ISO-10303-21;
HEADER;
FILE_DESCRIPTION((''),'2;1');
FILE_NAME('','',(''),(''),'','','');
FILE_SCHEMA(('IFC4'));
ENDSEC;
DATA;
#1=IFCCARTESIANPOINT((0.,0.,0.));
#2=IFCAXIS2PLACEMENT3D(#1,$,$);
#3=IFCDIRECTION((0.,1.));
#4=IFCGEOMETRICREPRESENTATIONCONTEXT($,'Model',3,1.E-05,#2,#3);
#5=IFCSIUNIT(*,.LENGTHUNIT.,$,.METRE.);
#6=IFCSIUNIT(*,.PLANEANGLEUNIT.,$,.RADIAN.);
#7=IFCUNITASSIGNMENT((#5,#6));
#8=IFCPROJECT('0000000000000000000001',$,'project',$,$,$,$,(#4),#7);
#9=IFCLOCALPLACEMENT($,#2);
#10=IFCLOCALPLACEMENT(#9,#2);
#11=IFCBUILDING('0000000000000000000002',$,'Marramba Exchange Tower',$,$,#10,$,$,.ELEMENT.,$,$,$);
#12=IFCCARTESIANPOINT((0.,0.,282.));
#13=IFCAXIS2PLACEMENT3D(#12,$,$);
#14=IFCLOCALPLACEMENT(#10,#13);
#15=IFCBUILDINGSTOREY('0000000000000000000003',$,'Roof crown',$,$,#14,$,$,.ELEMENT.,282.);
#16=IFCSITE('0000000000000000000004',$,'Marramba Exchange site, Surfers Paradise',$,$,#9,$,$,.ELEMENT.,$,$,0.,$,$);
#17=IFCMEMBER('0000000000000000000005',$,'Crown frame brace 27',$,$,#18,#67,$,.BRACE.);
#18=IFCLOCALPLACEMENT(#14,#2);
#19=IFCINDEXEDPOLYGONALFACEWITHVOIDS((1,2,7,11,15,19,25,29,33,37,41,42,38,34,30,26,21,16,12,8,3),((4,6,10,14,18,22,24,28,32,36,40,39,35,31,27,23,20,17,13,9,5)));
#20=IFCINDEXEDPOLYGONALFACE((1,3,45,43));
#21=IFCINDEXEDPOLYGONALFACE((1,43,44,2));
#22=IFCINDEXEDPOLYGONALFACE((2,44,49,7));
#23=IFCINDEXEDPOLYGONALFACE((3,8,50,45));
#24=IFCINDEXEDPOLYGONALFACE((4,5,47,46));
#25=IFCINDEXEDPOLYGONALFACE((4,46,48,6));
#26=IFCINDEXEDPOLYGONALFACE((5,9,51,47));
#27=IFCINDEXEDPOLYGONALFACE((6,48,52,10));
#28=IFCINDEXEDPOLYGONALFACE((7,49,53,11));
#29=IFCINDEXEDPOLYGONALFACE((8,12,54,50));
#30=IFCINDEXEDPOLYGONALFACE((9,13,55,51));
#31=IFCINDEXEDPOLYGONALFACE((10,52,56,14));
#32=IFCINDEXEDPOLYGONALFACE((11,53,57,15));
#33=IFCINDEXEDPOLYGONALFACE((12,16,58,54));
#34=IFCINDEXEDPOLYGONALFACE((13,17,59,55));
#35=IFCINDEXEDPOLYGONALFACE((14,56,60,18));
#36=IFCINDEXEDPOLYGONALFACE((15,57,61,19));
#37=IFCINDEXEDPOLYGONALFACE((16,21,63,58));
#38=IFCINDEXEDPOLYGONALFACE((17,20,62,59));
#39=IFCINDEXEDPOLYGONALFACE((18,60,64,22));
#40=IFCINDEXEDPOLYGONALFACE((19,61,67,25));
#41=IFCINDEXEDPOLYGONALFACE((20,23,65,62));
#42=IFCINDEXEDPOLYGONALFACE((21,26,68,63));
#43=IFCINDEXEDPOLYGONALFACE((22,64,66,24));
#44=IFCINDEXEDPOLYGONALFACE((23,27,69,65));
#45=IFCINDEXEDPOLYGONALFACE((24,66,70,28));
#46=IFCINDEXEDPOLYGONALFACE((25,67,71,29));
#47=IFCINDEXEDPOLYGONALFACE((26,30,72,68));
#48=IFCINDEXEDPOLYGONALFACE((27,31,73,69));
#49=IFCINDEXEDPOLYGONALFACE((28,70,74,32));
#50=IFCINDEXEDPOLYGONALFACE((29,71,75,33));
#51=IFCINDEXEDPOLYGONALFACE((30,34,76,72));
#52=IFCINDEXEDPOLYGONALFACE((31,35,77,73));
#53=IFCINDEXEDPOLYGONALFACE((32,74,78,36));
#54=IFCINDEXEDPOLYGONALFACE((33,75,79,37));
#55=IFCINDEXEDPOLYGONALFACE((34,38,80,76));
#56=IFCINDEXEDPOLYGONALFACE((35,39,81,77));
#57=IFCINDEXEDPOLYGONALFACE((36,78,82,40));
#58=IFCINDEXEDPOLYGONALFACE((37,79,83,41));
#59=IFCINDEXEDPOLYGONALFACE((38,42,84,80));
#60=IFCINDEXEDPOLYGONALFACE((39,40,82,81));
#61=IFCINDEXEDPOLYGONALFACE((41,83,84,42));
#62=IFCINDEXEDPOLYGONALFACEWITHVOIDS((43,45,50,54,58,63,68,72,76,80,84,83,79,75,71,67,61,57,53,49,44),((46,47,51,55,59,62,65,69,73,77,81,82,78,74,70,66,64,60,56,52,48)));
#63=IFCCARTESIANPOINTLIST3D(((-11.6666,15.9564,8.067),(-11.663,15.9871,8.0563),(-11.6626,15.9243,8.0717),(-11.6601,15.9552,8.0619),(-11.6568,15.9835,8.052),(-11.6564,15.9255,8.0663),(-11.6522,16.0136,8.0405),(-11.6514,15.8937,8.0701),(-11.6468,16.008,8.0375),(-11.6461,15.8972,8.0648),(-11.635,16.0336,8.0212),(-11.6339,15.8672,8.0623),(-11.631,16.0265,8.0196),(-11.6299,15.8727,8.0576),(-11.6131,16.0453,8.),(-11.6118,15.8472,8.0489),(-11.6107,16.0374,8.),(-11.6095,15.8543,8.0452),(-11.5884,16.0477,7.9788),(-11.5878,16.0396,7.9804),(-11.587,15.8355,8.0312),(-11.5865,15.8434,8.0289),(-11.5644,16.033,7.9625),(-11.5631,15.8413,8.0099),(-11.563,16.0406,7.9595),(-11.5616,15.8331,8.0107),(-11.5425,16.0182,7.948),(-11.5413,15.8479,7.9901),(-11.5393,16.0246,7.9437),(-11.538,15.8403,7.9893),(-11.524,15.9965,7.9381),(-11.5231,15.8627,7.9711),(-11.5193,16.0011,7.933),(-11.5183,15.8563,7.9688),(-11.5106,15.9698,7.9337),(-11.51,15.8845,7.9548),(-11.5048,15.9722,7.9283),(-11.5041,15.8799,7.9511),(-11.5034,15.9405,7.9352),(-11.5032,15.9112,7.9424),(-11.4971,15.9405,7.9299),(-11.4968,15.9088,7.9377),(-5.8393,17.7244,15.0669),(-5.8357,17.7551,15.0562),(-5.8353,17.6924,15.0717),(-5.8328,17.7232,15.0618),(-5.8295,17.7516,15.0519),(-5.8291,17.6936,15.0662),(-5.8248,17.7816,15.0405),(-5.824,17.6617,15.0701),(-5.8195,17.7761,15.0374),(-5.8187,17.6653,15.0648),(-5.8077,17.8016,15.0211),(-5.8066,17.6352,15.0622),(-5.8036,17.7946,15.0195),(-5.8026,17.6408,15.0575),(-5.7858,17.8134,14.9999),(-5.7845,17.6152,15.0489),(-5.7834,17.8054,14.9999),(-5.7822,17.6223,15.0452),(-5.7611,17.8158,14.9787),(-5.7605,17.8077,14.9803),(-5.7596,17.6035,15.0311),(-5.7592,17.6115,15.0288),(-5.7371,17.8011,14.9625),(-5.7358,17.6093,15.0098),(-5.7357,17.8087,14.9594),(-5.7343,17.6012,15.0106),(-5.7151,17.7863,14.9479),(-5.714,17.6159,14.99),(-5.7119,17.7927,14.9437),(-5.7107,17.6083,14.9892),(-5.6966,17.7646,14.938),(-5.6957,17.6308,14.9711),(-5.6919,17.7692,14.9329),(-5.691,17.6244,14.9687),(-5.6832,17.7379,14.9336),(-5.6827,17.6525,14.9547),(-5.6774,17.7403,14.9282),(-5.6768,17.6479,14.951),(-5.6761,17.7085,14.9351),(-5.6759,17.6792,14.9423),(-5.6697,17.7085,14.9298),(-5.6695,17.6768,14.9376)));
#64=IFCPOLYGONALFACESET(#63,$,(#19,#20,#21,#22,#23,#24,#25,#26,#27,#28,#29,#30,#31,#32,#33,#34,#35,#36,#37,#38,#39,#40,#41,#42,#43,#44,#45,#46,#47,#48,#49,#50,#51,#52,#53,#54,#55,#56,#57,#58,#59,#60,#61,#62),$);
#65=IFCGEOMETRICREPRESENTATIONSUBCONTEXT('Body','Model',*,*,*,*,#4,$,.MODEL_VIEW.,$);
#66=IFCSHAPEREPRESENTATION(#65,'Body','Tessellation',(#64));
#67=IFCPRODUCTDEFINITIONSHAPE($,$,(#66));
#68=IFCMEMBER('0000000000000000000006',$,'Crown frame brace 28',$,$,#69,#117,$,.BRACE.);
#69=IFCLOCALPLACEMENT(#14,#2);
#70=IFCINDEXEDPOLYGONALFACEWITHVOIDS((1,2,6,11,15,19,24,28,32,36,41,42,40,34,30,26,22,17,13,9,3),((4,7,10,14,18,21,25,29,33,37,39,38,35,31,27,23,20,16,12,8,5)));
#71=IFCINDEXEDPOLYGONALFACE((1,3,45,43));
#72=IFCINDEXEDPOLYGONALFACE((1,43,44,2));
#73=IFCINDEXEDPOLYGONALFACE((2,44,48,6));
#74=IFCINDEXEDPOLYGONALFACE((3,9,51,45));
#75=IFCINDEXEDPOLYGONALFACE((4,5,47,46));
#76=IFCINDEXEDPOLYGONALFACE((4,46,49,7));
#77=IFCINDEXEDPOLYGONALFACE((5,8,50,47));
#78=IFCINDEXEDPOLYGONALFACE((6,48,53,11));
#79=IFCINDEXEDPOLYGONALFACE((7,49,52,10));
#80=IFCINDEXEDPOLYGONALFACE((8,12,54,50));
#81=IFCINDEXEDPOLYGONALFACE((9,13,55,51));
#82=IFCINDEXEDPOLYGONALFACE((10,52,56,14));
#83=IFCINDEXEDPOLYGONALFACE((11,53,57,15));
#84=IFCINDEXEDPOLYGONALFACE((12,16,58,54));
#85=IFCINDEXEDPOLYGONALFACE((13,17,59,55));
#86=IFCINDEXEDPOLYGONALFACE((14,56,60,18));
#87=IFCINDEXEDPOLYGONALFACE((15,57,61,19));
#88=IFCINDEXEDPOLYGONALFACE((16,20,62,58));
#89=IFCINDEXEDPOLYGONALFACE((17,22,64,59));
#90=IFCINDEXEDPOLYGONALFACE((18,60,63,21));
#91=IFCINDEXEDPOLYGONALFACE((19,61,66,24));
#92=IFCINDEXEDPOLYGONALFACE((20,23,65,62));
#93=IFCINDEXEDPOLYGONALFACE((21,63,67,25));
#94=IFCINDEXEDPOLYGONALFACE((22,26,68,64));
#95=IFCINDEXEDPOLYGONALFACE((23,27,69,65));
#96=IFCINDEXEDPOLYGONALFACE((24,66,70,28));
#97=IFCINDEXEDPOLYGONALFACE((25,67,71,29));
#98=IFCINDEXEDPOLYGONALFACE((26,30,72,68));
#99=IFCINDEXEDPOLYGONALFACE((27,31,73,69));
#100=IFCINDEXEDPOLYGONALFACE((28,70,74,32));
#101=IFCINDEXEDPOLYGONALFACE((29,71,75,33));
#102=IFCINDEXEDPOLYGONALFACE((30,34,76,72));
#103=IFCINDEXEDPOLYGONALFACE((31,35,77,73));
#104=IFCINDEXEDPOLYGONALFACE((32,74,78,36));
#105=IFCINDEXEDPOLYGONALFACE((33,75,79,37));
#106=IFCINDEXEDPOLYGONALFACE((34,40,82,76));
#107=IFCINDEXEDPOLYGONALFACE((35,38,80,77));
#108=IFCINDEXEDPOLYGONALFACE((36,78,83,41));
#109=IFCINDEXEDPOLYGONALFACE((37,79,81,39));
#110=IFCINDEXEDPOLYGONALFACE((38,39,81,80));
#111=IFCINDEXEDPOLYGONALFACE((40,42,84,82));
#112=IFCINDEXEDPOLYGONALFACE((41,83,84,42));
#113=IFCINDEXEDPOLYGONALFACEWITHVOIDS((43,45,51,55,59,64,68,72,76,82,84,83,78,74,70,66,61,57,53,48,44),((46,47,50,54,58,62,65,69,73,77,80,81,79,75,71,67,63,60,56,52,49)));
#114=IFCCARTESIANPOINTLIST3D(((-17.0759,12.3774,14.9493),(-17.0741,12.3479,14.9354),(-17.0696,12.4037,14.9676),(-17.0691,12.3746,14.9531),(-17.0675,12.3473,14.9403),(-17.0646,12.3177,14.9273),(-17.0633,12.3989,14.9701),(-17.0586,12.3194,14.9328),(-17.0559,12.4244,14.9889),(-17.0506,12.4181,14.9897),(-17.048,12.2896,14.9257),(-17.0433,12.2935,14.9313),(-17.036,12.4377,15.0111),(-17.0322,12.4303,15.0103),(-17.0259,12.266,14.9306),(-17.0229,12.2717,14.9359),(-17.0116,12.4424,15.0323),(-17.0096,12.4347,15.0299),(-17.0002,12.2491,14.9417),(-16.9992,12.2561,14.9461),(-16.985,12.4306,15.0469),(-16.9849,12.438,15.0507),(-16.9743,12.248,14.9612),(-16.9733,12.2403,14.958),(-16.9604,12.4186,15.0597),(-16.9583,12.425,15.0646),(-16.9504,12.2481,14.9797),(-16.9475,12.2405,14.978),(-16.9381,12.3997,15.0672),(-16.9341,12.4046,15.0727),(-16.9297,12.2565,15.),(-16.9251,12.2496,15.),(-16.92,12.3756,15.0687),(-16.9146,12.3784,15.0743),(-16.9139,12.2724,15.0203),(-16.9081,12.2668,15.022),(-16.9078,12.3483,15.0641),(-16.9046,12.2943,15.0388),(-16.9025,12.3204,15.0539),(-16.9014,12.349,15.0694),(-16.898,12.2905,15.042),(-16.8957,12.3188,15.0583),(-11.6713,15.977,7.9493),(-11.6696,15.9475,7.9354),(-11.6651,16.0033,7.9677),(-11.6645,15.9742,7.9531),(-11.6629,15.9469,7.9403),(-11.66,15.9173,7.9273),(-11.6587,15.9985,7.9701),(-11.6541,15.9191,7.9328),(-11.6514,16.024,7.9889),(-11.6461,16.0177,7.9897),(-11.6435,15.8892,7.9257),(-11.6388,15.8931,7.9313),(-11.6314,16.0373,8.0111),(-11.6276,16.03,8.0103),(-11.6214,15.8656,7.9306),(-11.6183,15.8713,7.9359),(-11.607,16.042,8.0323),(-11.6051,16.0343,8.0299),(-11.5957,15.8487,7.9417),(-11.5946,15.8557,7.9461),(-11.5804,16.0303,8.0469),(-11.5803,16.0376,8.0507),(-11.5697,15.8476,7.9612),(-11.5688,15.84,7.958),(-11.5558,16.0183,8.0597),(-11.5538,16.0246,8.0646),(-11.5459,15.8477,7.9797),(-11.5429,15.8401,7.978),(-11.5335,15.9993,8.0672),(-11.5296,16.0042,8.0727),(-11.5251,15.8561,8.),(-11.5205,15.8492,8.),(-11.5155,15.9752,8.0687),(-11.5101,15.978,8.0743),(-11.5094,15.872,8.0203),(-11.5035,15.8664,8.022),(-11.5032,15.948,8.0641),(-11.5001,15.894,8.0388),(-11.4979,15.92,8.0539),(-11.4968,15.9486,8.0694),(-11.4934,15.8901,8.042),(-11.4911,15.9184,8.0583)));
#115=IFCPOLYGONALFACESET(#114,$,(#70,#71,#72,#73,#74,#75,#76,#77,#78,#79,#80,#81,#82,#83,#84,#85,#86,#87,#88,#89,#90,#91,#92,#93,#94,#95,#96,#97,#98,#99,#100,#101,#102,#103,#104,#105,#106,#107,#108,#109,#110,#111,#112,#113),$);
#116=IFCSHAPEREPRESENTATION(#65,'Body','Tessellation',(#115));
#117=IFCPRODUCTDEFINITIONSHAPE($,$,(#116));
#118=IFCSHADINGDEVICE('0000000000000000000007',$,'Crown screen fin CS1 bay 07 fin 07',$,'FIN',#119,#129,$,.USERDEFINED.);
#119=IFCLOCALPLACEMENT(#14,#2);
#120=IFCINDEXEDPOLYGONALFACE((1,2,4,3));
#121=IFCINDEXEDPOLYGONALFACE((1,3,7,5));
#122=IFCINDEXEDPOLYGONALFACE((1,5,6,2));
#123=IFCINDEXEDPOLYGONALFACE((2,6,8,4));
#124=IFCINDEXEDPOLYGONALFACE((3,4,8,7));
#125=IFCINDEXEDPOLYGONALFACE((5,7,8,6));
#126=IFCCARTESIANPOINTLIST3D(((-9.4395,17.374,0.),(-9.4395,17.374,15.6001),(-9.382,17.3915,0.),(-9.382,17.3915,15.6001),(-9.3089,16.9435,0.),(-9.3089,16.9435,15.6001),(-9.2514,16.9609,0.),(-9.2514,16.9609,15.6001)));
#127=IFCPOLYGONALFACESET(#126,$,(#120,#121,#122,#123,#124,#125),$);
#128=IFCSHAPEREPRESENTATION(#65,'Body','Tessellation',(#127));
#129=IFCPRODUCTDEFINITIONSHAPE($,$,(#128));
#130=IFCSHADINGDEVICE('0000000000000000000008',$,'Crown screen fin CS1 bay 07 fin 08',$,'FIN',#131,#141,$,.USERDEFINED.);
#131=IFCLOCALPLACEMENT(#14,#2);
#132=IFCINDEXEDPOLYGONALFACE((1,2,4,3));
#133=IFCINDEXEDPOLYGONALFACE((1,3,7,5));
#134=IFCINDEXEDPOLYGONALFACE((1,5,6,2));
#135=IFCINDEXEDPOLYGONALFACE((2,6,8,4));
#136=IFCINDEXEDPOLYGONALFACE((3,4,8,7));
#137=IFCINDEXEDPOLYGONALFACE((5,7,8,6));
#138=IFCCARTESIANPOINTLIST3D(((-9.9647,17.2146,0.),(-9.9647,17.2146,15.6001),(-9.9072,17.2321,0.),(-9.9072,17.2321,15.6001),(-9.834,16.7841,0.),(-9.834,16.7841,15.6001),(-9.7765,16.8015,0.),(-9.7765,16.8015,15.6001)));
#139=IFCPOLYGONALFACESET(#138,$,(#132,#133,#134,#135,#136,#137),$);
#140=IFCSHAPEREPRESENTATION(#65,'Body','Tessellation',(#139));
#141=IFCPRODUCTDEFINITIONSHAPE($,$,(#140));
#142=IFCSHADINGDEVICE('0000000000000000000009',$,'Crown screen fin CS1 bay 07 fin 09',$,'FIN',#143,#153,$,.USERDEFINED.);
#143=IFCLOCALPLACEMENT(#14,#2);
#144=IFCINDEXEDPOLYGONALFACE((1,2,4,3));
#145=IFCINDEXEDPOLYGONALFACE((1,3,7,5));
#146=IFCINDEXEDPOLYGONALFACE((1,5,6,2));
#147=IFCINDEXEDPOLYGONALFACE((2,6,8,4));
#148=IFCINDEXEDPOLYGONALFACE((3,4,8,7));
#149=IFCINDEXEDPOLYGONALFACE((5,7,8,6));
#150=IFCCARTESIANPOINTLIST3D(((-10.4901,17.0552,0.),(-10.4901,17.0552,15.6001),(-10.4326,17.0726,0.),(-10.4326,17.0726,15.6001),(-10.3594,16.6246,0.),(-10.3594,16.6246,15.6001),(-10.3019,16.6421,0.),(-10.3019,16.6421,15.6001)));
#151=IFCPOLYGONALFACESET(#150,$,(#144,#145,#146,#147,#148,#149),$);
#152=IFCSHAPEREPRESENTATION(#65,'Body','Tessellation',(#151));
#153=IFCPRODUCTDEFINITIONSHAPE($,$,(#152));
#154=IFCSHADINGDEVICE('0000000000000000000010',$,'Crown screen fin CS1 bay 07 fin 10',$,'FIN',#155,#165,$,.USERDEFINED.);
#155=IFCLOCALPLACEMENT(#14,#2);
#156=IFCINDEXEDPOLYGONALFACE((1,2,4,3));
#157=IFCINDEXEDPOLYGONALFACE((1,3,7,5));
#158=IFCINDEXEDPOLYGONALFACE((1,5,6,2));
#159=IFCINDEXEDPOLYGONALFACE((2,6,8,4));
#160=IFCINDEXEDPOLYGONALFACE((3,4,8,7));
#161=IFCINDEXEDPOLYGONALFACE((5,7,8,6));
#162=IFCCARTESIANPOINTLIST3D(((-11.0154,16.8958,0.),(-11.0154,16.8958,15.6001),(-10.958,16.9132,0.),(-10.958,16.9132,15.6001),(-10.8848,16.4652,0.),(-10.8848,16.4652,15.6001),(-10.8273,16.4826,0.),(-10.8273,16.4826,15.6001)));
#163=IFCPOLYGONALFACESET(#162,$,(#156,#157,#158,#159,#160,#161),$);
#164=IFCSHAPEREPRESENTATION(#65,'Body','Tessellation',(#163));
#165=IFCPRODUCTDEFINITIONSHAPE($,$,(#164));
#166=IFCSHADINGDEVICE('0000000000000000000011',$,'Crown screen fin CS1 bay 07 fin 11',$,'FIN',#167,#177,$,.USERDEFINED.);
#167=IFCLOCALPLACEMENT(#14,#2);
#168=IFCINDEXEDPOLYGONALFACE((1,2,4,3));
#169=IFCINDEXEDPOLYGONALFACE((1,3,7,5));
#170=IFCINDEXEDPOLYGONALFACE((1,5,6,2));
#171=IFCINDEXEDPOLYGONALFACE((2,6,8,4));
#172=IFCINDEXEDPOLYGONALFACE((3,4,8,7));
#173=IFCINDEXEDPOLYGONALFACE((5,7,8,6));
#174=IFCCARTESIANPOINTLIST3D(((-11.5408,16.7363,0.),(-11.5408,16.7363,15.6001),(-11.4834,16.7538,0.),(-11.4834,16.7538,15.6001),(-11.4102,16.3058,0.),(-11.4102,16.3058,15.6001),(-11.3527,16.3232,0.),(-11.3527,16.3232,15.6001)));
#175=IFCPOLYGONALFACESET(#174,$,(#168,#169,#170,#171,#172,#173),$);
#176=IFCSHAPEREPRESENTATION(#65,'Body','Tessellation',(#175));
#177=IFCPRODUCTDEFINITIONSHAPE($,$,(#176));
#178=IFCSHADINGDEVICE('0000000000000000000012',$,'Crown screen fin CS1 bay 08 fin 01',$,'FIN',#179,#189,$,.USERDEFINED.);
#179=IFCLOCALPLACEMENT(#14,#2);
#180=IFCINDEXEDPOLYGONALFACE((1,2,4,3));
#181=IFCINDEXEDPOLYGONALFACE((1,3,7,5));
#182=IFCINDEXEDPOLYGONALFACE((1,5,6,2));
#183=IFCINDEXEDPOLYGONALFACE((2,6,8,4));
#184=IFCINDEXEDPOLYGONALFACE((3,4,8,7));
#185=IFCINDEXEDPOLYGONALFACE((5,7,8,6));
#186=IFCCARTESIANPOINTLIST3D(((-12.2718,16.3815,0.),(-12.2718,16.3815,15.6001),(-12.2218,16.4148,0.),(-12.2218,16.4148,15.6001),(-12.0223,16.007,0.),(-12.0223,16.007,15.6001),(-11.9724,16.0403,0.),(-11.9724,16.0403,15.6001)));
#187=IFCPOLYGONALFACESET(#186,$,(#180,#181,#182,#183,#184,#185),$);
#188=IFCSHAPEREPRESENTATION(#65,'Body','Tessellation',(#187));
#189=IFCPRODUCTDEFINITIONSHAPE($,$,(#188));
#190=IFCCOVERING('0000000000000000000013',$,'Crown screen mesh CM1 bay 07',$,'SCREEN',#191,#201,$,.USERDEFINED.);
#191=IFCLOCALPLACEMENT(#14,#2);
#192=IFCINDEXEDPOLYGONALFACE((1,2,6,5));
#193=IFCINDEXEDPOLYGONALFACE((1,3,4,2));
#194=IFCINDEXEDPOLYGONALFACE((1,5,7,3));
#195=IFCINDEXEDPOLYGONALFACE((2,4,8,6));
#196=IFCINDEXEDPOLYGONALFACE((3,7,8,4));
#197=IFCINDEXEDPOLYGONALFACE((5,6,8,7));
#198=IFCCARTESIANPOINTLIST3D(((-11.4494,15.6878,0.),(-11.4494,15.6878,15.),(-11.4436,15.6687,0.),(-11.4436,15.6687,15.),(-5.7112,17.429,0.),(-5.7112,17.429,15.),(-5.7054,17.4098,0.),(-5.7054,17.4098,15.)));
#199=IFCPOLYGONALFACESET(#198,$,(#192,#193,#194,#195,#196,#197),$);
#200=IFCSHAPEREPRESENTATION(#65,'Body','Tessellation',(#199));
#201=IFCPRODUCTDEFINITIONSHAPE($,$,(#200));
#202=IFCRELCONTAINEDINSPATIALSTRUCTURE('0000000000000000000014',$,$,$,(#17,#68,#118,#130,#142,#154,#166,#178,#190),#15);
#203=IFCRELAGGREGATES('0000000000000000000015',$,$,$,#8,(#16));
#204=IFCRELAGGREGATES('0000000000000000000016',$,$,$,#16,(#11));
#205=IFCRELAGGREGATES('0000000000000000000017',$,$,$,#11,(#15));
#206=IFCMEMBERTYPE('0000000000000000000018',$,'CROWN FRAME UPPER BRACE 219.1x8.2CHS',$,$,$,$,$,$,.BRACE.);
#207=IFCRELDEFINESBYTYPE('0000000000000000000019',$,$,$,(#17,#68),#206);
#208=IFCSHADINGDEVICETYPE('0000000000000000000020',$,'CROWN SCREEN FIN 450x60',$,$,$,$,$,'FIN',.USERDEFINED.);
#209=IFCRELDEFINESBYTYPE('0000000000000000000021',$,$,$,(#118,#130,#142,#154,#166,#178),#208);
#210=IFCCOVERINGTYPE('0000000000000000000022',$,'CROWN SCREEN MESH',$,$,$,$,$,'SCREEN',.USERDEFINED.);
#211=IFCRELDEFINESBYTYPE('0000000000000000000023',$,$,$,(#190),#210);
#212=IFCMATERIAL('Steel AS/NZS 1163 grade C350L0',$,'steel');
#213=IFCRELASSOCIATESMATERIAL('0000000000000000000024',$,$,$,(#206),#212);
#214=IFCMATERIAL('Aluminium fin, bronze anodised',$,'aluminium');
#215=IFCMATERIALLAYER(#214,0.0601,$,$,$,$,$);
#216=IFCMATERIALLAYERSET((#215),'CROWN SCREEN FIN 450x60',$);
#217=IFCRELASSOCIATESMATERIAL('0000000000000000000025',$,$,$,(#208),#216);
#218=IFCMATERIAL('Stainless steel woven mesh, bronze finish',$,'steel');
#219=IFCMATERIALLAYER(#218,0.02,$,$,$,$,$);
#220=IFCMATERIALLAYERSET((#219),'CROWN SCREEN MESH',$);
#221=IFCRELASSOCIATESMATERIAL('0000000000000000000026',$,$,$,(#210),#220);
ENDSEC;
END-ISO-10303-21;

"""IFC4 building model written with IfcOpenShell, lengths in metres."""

from ifc_helpers import new_model, si_unit, direction, frame, origin, origin_2d, place, context, subcontext, project, spatial, rectangle, hollow_circle, extrude, material, layer, layer_set, material_profile, profile_set, type_object, element, save


model = new_model("IFC4")

# Units and contexts
model_context = context("Model", 3, precision=1e-05, world=origin(), true_north=direction((0.0, 1.0)))
body_context = subcontext(model_context, "Body", "Model", "MODEL_VIEW")
ifc_project = project(units=[si_unit("LENGTHUNIT", "METRE"), si_unit("PLANEANGLEUNIT", "RADIAN")], contexts=[model_context])

# Site, building, storey
site_placement = place(None, origin())
site = spatial("IfcSite", under=ifc_project, at=site_placement, Name="Marramba Exchange site, Surfers Paradise", CompositionType="ELEMENT", RefElevation=0.0)
building_placement = place(site_placement, origin())
building = spatial("IfcBuilding", under=site, at=building_placement, Name="Marramba Exchange Tower", CompositionType="ELEMENT")
storey_placement = place(building_placement, frame((0.0, 0.0, 282.0)))
storey = spatial("IfcBuildingStorey", under=building, at=storey_placement, Name="Roof crown", CompositionType="ELEMENT", Elevation=282.0)

# Shared definitions
ifc_material_1 = material(Name="Steel AS/NZS 1163 grade C350L0", Category="steel")

# Members
ifc_material_profile_1 = material_profile(ifc_material_1, hollow_circle(Radius=0.1096, WallThickness=0.0083, at=origin_2d()), Name="219.1x8.2CHS")
ifc_profile_set_1 = profile_set([ifc_material_profile_1], Name="Steel AS/NZS 1163 grade C350L0")
member_type_1 = type_object("IfcMemberType", Name="CROWN FRAME UPPER BRACE 219.1x8.2CHS", PredefinedType="BRACE", material=ifc_profile_set_1)
member_1_placement = place(storey_placement, frame((-11.5813, 15.9404, 8.0), z_axis=(0.628075, 0.190562, 0.754459), x_axis=(-0.290337, 0.956925, 0.0)))
element("IfcMember", 1, at=member_1_placement, inside=storey, type_object=member_type_1, Name="Crown frame brace 27", PredefinedType="BRACE", context=body_context, shape_type="SweptSolid", body=[
    extrude(hollow_circle(Radius=0.1096, WallThickness=0.0083, at=origin_2d()), origin(), (0.0, 0.0, 1.0), 9.2781),
])
member_2_placement = place(storey_placement, frame((-11.5813, 15.9404, 8.0), z_axis=(-0.566033, -0.376997, 0.73313), x_axis=(0.554336, -0.832293, 0.0)))
element("IfcMember", 2, at=member_2_placement, inside=storey, type_object=member_type_1, Name="Crown frame brace 28", PredefinedType="BRACE", context=body_context, shape_type="SweptSolid", body=[
    extrude(hollow_circle(Radius=0.1096, WallThickness=0.0083, at=origin_2d()), origin(), (0.0, 0.0, 1.0), 9.5481),
])

# Shading devices
ifc_material_2 = material(Name="Aluminium fin, bronze anodised", Category="aluminium")
ifc_layer_1 = layer(ifc_material_2, 0.0601)
ifc_layer_set_1 = layer_set([ifc_layer_1], Name="CROWN SCREEN FIN 450x60")
shading_device_type = type_object("IfcShadingDeviceType", Name="CROWN SCREEN FIN 450x60", ElementType="FIN", PredefinedType="USERDEFINED", material=ifc_layer_set_1)
for number, where, z_axis, x_axis, name in (
    (3, (-9.3455, 17.1675, 0.0), (0.0, 0.0, 1.0), (-0.290352, 0.95692, 0.0), "Crown screen fin CS1 bay 07 fin 07"),
    (4, (-9.8706, 17.0081, 0.0), (0.0, 0.0, 1.0), (-0.290352, 0.95692, 0.0), "Crown screen fin CS1 bay 07 fin 08"),
    (5, (-10.396, 16.8486, 0.0), (0.0, 0.0, 1.0), (-0.290352, 0.95692, 0.0), "Crown screen fin CS1 bay 07 fin 09"),
    (6, (-10.9214, 16.6892, 0.0), (0.0, 0.0, 1.0), (-0.290352, 0.95692, 0.0), "Crown screen fin CS1 bay 07 fin 10"),
    (7, (-11.4468, 16.5298, 0.0), (0.0, 0.0, 1.0), (-0.290352, 0.95692, 0.0), "Crown screen fin CS1 bay 07 fin 11"),
    (8, (-12.1221, 16.2109, 0.0), (0.0, 0.0, 1.0), (-0.554342, 0.832289, 0.0), "Crown screen fin CS1 bay 08 fin 01"),
):
    element("IfcShadingDevice", number, at=place(storey_placement, frame(where, z_axis=z_axis, x_axis=x_axis)), inside=storey, type_object=shading_device_type, Name=name, ObjectType="FIN", PredefinedType="USERDEFINED", context=body_context, shape_type="SweptSolid", body=[
        extrude(rectangle(XDim=0.45, YDim=0.0601, at=origin_2d()), origin(), (0.0, 0.0, 1.0), 15.6001),
    ])

# Covering
ifc_material_3 = material(Name="Stainless steel woven mesh, bronze finish", Category="steel")
ifc_layer_2 = layer(ifc_material_3, 0.02)
ifc_layer_set_2 = layer_set([ifc_layer_2], Name="CROWN SCREEN MESH")
covering_type = type_object("IfcCoveringType", Name="CROWN SCREEN MESH", ElementType="SCREEN", PredefinedType="USERDEFINED", material=ifc_layer_set_2)
covering_placement = place(storey_placement, frame((-8.5774, 16.5488, 0.0), z_axis=(0.0, 0.0, 1.0), x_axis=(-0.95692, -0.290352, 0.0)))
element("IfcCovering", 9, at=covering_placement, inside=storey, type_object=covering_type, Name="Crown screen mesh CM1 bay 07", ObjectType="SCREEN", PredefinedType="USERDEFINED", context=body_context, shape_type="SweptSolid", body=[
    extrude(rectangle(XDim=5.9966, YDim=0.02, at=origin_2d()), origin(), (0.0, 0.0, 1.0), 15.0),
])

save(model, "model.ifc")
